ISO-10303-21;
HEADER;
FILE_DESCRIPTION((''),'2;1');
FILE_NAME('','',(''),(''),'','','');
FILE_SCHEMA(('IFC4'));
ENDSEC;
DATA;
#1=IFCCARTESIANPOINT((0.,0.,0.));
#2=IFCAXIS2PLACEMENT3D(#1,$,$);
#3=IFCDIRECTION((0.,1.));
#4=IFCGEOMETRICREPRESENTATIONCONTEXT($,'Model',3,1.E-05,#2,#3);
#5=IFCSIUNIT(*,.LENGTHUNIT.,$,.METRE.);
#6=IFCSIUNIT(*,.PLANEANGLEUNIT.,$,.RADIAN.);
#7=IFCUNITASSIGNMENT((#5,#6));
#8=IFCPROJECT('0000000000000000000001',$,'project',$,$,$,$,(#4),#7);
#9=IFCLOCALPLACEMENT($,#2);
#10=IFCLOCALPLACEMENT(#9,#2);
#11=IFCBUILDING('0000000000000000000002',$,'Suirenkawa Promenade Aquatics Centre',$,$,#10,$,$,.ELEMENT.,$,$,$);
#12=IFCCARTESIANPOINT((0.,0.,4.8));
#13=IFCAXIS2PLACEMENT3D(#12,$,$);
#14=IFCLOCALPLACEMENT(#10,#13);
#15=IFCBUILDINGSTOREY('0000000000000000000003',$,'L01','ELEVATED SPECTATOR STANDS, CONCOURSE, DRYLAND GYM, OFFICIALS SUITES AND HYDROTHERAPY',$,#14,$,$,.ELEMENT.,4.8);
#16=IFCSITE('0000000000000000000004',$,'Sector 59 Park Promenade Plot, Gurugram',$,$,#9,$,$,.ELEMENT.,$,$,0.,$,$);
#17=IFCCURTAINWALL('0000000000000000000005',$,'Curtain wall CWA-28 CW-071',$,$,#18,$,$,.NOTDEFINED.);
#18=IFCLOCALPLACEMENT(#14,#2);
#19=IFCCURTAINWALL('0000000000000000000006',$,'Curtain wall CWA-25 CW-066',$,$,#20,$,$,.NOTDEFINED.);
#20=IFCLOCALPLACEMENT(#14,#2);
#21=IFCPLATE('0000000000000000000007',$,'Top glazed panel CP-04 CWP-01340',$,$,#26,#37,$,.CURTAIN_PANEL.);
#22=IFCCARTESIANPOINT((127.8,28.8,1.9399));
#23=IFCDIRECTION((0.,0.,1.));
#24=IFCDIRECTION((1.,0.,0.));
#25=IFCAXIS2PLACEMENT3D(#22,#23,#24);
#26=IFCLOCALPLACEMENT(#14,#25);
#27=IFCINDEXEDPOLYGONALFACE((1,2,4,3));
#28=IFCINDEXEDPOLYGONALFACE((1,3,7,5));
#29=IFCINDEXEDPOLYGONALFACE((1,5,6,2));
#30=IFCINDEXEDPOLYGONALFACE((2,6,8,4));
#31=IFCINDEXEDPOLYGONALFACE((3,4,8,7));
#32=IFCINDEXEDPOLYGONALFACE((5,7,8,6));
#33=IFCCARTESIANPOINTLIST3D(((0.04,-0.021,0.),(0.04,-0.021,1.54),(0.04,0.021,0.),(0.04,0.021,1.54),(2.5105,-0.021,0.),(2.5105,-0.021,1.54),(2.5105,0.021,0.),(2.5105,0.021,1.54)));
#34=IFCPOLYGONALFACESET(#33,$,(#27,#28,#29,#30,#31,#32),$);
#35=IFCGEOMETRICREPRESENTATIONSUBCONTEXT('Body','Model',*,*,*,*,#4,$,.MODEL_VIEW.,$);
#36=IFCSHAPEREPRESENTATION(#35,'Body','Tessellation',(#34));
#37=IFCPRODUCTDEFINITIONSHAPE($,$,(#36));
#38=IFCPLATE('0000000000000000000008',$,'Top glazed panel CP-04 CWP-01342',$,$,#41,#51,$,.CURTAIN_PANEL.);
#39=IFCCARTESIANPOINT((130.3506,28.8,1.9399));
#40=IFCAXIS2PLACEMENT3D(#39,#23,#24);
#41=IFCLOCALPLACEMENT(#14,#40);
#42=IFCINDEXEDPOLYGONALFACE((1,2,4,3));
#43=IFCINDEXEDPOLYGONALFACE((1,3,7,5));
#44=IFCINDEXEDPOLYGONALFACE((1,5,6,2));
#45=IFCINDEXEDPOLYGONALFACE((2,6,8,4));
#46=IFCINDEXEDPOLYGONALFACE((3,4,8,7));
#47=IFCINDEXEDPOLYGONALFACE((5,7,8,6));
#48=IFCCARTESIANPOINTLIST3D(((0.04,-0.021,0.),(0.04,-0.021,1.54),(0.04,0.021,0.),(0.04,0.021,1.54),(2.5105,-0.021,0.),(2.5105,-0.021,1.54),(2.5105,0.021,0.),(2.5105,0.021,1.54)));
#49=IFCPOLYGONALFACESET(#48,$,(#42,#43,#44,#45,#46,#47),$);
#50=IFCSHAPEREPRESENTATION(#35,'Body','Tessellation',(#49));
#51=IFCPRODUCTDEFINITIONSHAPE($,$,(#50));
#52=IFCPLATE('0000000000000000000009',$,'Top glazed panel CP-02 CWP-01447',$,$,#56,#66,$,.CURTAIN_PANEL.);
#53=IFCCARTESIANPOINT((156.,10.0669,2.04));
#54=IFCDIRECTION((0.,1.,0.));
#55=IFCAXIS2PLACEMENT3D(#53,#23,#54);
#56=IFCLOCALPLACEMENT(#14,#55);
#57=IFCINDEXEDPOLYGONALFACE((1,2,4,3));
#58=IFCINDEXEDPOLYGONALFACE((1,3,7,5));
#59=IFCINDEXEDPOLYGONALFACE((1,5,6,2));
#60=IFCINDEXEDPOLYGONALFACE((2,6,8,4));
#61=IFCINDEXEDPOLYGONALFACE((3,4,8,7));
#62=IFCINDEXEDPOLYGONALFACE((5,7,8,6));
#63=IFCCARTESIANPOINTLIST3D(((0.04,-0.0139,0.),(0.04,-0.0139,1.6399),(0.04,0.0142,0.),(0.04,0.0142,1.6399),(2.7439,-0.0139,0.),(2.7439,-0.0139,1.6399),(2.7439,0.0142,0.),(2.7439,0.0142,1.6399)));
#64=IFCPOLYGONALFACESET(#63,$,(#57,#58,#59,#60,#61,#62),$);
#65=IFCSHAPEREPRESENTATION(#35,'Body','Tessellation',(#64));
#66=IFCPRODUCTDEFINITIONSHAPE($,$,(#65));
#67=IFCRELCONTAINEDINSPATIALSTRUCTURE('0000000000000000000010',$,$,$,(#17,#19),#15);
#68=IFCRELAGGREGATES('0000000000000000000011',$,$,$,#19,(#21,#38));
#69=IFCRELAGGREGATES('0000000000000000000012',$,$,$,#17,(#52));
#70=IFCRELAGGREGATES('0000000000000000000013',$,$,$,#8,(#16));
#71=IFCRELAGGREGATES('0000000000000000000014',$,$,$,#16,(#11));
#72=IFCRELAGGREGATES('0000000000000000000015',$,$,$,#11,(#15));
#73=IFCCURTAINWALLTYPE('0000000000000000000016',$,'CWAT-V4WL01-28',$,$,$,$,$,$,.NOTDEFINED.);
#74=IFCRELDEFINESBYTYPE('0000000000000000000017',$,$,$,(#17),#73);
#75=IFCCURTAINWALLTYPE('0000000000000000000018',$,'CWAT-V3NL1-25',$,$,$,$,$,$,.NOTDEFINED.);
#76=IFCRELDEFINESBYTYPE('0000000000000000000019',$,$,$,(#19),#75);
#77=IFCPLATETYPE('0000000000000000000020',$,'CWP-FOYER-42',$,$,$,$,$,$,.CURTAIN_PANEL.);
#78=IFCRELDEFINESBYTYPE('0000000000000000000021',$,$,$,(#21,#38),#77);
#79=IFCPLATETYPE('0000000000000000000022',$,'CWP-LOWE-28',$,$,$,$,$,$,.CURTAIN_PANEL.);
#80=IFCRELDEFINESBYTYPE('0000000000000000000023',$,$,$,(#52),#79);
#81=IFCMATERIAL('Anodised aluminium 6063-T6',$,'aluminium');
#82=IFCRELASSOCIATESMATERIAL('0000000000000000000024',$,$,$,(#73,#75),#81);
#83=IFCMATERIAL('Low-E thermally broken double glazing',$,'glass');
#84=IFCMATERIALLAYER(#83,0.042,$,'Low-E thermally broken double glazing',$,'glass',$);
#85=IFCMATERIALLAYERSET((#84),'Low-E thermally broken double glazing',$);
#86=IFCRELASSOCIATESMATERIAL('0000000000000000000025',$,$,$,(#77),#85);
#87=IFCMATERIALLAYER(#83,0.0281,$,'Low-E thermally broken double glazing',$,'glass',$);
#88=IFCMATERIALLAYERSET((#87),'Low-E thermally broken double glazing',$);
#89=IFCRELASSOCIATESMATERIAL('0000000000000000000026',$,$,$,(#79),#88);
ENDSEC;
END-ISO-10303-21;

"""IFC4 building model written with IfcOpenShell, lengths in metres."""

from ifc_helpers import new_model, si_unit, direction, frame, origin, place, context, subcontext, project, spatial, polyline, outline, extrude, material, layer, layer_set, type_object, element, aggregate, save


model = new_model("IFC4")

# Units and contexts
model_context = context("Model", 3, precision=1e-05, world=origin(), true_north=direction((0.0, 1.0)))
body_context = subcontext(model_context, "Body", "Model", "MODEL_VIEW")
ifc_project = project(units=[si_unit("LENGTHUNIT", "METRE"), si_unit("PLANEANGLEUNIT", "RADIAN")], contexts=[model_context])

# Site, building, storey
site_placement = place(None, origin())
site = spatial("IfcSite", under=ifc_project, at=site_placement, Name="Sector 59 Park Promenade Plot, Gurugram", CompositionType="ELEMENT", RefElevation=0.0)
building_placement = place(site_placement, origin())
building = spatial("IfcBuilding", under=site, at=building_placement, Name="Suirenkawa Promenade Aquatics Centre", CompositionType="ELEMENT")
storey_placement = place(building_placement, frame((0.0, 0.0, 4.8)))
storey = spatial("IfcBuildingStorey", under=building, at=storey_placement, Name="L01", Description="ELEVATED SPECTATOR STANDS, CONCOURSE, DRYLAND GYM, OFFICIALS SUITES AND HYDROTHERAPY", CompositionType="ELEMENT", Elevation=4.8)

# Curtain walls
ifc_material_1 = material(Name="Anodised aluminium 6063-T6", Category="aluminium")
curtain_wall_type_1 = type_object("IfcCurtainWallType", Name="CWAT-V4WL01-28", PredefinedType="NOTDEFINED", material=ifc_material_1)
curtain_wall_1_placement = place(storey_placement, origin())
curtain_wall_1 = element("IfcCurtainWall", 1, at=curtain_wall_1_placement, inside=storey, type_object=curtain_wall_type_1, Name="Curtain wall CWA-28 CW-071", PredefinedType="NOTDEFINED")
curtain_wall_type_2 = type_object("IfcCurtainWallType", Name="CWAT-V3NL1-25", PredefinedType="NOTDEFINED", material=ifc_material_1)
curtain_wall_2_placement = place(storey_placement, origin())
curtain_wall_2 = element("IfcCurtainWall", 2, at=curtain_wall_2_placement, inside=storey, type_object=curtain_wall_type_2, Name="Curtain wall CWA-25 CW-066", PredefinedType="NOTDEFINED")

# Plates
ifc_material_2 = material(Name="Low-E thermally broken double glazing", Category="glass")
ifc_layer_1 = layer(ifc_material_2, 0.042, Name="Low-E thermally broken double glazing", Category="glass")
ifc_layer_set_1 = layer_set([ifc_layer_1], Name="Low-E thermally broken double glazing")
plate_type_1 = type_object("IfcPlateType", Name="CWP-FOYER-42", PredefinedType="CURTAIN_PANEL", material=ifc_layer_set_1)
plate_1_placement = place(storey_placement, frame((127.8, 28.8, 1.9399), z_axis=(0.0, 0.0, 1.0), x_axis=(1.0, 0.0, 0.0)))
plate_1 = element("IfcPlate", 3, at=plate_1_placement, type_object=plate_type_1, Name="Top glazed panel CP-04 CWP-01340", PredefinedType="CURTAIN_PANEL", context=body_context, shape_type="SweptSolid", body=[
    extrude(outline(polyline([(0.04, 0.0), (2.5105, 0.0), (2.5105, 1.54), (0.04, 1.54), (0.04, 0.0)])), frame((0.0, 0.021, 0.0), z_axis=(0.0, -1.0, 0.0), x_axis=(1.0, 0.0, 0.0)), (0.0, 0.0, 1.0), 0.042),
])
plate_2_placement = place(storey_placement, frame((130.3506, 28.8, 1.9399), z_axis=(0.0, 0.0, 1.0), x_axis=(1.0, 0.0, 0.0)))
plate_2 = element("IfcPlate", 4, at=plate_2_placement, type_object=plate_type_1, Name="Top glazed panel CP-04 CWP-01342", PredefinedType="CURTAIN_PANEL", context=body_context, shape_type="SweptSolid", body=[
    extrude(outline(polyline([(0.04, 0.0), (2.5105, 0.0), (2.5105, 1.54), (0.04, 1.54), (0.04, 0.0)])), frame((0.0, 0.021, 0.0), z_axis=(0.0, -1.0, 0.0), x_axis=(1.0, 0.0, 0.0)), (0.0, 0.0, 1.0), 0.042),
])
aggregate(curtain_wall_2, [plate_1, plate_2])
ifc_layer_2 = layer(ifc_material_2, 0.0281, Name="Low-E thermally broken double glazing", Category="glass")
ifc_layer_set_2 = layer_set([ifc_layer_2], Name="Low-E thermally broken double glazing")
plate_type_2 = type_object("IfcPlateType", Name="CWP-LOWE-28", PredefinedType="CURTAIN_PANEL", material=ifc_layer_set_2)
plate_3_placement = place(storey_placement, frame((156.0, 10.0669, 2.04), z_axis=(0.0, 0.0, 1.0), x_axis=(0.0, 1.0, 0.0)))
plate_3 = element("IfcPlate", 5, at=plate_3_placement, type_object=plate_type_2, Name="Top glazed panel CP-02 CWP-01447", PredefinedType="CURTAIN_PANEL", context=body_context, shape_type="SweptSolid", body=[
    extrude(outline(polyline([(0.04, 0.0), (2.7439, 0.0), (2.7439, 1.6399), (0.04, 1.6399), (0.04, 0.0)])), frame((0.0, 0.0142, 0.0), z_axis=(0.0, -1.0, 0.0), x_axis=(1.0, 0.0, 0.0)), (0.0, 0.0, 1.0), 0.0281),
])
aggregate(curtain_wall_1, [plate_3])

save(model, "model.ifc")
